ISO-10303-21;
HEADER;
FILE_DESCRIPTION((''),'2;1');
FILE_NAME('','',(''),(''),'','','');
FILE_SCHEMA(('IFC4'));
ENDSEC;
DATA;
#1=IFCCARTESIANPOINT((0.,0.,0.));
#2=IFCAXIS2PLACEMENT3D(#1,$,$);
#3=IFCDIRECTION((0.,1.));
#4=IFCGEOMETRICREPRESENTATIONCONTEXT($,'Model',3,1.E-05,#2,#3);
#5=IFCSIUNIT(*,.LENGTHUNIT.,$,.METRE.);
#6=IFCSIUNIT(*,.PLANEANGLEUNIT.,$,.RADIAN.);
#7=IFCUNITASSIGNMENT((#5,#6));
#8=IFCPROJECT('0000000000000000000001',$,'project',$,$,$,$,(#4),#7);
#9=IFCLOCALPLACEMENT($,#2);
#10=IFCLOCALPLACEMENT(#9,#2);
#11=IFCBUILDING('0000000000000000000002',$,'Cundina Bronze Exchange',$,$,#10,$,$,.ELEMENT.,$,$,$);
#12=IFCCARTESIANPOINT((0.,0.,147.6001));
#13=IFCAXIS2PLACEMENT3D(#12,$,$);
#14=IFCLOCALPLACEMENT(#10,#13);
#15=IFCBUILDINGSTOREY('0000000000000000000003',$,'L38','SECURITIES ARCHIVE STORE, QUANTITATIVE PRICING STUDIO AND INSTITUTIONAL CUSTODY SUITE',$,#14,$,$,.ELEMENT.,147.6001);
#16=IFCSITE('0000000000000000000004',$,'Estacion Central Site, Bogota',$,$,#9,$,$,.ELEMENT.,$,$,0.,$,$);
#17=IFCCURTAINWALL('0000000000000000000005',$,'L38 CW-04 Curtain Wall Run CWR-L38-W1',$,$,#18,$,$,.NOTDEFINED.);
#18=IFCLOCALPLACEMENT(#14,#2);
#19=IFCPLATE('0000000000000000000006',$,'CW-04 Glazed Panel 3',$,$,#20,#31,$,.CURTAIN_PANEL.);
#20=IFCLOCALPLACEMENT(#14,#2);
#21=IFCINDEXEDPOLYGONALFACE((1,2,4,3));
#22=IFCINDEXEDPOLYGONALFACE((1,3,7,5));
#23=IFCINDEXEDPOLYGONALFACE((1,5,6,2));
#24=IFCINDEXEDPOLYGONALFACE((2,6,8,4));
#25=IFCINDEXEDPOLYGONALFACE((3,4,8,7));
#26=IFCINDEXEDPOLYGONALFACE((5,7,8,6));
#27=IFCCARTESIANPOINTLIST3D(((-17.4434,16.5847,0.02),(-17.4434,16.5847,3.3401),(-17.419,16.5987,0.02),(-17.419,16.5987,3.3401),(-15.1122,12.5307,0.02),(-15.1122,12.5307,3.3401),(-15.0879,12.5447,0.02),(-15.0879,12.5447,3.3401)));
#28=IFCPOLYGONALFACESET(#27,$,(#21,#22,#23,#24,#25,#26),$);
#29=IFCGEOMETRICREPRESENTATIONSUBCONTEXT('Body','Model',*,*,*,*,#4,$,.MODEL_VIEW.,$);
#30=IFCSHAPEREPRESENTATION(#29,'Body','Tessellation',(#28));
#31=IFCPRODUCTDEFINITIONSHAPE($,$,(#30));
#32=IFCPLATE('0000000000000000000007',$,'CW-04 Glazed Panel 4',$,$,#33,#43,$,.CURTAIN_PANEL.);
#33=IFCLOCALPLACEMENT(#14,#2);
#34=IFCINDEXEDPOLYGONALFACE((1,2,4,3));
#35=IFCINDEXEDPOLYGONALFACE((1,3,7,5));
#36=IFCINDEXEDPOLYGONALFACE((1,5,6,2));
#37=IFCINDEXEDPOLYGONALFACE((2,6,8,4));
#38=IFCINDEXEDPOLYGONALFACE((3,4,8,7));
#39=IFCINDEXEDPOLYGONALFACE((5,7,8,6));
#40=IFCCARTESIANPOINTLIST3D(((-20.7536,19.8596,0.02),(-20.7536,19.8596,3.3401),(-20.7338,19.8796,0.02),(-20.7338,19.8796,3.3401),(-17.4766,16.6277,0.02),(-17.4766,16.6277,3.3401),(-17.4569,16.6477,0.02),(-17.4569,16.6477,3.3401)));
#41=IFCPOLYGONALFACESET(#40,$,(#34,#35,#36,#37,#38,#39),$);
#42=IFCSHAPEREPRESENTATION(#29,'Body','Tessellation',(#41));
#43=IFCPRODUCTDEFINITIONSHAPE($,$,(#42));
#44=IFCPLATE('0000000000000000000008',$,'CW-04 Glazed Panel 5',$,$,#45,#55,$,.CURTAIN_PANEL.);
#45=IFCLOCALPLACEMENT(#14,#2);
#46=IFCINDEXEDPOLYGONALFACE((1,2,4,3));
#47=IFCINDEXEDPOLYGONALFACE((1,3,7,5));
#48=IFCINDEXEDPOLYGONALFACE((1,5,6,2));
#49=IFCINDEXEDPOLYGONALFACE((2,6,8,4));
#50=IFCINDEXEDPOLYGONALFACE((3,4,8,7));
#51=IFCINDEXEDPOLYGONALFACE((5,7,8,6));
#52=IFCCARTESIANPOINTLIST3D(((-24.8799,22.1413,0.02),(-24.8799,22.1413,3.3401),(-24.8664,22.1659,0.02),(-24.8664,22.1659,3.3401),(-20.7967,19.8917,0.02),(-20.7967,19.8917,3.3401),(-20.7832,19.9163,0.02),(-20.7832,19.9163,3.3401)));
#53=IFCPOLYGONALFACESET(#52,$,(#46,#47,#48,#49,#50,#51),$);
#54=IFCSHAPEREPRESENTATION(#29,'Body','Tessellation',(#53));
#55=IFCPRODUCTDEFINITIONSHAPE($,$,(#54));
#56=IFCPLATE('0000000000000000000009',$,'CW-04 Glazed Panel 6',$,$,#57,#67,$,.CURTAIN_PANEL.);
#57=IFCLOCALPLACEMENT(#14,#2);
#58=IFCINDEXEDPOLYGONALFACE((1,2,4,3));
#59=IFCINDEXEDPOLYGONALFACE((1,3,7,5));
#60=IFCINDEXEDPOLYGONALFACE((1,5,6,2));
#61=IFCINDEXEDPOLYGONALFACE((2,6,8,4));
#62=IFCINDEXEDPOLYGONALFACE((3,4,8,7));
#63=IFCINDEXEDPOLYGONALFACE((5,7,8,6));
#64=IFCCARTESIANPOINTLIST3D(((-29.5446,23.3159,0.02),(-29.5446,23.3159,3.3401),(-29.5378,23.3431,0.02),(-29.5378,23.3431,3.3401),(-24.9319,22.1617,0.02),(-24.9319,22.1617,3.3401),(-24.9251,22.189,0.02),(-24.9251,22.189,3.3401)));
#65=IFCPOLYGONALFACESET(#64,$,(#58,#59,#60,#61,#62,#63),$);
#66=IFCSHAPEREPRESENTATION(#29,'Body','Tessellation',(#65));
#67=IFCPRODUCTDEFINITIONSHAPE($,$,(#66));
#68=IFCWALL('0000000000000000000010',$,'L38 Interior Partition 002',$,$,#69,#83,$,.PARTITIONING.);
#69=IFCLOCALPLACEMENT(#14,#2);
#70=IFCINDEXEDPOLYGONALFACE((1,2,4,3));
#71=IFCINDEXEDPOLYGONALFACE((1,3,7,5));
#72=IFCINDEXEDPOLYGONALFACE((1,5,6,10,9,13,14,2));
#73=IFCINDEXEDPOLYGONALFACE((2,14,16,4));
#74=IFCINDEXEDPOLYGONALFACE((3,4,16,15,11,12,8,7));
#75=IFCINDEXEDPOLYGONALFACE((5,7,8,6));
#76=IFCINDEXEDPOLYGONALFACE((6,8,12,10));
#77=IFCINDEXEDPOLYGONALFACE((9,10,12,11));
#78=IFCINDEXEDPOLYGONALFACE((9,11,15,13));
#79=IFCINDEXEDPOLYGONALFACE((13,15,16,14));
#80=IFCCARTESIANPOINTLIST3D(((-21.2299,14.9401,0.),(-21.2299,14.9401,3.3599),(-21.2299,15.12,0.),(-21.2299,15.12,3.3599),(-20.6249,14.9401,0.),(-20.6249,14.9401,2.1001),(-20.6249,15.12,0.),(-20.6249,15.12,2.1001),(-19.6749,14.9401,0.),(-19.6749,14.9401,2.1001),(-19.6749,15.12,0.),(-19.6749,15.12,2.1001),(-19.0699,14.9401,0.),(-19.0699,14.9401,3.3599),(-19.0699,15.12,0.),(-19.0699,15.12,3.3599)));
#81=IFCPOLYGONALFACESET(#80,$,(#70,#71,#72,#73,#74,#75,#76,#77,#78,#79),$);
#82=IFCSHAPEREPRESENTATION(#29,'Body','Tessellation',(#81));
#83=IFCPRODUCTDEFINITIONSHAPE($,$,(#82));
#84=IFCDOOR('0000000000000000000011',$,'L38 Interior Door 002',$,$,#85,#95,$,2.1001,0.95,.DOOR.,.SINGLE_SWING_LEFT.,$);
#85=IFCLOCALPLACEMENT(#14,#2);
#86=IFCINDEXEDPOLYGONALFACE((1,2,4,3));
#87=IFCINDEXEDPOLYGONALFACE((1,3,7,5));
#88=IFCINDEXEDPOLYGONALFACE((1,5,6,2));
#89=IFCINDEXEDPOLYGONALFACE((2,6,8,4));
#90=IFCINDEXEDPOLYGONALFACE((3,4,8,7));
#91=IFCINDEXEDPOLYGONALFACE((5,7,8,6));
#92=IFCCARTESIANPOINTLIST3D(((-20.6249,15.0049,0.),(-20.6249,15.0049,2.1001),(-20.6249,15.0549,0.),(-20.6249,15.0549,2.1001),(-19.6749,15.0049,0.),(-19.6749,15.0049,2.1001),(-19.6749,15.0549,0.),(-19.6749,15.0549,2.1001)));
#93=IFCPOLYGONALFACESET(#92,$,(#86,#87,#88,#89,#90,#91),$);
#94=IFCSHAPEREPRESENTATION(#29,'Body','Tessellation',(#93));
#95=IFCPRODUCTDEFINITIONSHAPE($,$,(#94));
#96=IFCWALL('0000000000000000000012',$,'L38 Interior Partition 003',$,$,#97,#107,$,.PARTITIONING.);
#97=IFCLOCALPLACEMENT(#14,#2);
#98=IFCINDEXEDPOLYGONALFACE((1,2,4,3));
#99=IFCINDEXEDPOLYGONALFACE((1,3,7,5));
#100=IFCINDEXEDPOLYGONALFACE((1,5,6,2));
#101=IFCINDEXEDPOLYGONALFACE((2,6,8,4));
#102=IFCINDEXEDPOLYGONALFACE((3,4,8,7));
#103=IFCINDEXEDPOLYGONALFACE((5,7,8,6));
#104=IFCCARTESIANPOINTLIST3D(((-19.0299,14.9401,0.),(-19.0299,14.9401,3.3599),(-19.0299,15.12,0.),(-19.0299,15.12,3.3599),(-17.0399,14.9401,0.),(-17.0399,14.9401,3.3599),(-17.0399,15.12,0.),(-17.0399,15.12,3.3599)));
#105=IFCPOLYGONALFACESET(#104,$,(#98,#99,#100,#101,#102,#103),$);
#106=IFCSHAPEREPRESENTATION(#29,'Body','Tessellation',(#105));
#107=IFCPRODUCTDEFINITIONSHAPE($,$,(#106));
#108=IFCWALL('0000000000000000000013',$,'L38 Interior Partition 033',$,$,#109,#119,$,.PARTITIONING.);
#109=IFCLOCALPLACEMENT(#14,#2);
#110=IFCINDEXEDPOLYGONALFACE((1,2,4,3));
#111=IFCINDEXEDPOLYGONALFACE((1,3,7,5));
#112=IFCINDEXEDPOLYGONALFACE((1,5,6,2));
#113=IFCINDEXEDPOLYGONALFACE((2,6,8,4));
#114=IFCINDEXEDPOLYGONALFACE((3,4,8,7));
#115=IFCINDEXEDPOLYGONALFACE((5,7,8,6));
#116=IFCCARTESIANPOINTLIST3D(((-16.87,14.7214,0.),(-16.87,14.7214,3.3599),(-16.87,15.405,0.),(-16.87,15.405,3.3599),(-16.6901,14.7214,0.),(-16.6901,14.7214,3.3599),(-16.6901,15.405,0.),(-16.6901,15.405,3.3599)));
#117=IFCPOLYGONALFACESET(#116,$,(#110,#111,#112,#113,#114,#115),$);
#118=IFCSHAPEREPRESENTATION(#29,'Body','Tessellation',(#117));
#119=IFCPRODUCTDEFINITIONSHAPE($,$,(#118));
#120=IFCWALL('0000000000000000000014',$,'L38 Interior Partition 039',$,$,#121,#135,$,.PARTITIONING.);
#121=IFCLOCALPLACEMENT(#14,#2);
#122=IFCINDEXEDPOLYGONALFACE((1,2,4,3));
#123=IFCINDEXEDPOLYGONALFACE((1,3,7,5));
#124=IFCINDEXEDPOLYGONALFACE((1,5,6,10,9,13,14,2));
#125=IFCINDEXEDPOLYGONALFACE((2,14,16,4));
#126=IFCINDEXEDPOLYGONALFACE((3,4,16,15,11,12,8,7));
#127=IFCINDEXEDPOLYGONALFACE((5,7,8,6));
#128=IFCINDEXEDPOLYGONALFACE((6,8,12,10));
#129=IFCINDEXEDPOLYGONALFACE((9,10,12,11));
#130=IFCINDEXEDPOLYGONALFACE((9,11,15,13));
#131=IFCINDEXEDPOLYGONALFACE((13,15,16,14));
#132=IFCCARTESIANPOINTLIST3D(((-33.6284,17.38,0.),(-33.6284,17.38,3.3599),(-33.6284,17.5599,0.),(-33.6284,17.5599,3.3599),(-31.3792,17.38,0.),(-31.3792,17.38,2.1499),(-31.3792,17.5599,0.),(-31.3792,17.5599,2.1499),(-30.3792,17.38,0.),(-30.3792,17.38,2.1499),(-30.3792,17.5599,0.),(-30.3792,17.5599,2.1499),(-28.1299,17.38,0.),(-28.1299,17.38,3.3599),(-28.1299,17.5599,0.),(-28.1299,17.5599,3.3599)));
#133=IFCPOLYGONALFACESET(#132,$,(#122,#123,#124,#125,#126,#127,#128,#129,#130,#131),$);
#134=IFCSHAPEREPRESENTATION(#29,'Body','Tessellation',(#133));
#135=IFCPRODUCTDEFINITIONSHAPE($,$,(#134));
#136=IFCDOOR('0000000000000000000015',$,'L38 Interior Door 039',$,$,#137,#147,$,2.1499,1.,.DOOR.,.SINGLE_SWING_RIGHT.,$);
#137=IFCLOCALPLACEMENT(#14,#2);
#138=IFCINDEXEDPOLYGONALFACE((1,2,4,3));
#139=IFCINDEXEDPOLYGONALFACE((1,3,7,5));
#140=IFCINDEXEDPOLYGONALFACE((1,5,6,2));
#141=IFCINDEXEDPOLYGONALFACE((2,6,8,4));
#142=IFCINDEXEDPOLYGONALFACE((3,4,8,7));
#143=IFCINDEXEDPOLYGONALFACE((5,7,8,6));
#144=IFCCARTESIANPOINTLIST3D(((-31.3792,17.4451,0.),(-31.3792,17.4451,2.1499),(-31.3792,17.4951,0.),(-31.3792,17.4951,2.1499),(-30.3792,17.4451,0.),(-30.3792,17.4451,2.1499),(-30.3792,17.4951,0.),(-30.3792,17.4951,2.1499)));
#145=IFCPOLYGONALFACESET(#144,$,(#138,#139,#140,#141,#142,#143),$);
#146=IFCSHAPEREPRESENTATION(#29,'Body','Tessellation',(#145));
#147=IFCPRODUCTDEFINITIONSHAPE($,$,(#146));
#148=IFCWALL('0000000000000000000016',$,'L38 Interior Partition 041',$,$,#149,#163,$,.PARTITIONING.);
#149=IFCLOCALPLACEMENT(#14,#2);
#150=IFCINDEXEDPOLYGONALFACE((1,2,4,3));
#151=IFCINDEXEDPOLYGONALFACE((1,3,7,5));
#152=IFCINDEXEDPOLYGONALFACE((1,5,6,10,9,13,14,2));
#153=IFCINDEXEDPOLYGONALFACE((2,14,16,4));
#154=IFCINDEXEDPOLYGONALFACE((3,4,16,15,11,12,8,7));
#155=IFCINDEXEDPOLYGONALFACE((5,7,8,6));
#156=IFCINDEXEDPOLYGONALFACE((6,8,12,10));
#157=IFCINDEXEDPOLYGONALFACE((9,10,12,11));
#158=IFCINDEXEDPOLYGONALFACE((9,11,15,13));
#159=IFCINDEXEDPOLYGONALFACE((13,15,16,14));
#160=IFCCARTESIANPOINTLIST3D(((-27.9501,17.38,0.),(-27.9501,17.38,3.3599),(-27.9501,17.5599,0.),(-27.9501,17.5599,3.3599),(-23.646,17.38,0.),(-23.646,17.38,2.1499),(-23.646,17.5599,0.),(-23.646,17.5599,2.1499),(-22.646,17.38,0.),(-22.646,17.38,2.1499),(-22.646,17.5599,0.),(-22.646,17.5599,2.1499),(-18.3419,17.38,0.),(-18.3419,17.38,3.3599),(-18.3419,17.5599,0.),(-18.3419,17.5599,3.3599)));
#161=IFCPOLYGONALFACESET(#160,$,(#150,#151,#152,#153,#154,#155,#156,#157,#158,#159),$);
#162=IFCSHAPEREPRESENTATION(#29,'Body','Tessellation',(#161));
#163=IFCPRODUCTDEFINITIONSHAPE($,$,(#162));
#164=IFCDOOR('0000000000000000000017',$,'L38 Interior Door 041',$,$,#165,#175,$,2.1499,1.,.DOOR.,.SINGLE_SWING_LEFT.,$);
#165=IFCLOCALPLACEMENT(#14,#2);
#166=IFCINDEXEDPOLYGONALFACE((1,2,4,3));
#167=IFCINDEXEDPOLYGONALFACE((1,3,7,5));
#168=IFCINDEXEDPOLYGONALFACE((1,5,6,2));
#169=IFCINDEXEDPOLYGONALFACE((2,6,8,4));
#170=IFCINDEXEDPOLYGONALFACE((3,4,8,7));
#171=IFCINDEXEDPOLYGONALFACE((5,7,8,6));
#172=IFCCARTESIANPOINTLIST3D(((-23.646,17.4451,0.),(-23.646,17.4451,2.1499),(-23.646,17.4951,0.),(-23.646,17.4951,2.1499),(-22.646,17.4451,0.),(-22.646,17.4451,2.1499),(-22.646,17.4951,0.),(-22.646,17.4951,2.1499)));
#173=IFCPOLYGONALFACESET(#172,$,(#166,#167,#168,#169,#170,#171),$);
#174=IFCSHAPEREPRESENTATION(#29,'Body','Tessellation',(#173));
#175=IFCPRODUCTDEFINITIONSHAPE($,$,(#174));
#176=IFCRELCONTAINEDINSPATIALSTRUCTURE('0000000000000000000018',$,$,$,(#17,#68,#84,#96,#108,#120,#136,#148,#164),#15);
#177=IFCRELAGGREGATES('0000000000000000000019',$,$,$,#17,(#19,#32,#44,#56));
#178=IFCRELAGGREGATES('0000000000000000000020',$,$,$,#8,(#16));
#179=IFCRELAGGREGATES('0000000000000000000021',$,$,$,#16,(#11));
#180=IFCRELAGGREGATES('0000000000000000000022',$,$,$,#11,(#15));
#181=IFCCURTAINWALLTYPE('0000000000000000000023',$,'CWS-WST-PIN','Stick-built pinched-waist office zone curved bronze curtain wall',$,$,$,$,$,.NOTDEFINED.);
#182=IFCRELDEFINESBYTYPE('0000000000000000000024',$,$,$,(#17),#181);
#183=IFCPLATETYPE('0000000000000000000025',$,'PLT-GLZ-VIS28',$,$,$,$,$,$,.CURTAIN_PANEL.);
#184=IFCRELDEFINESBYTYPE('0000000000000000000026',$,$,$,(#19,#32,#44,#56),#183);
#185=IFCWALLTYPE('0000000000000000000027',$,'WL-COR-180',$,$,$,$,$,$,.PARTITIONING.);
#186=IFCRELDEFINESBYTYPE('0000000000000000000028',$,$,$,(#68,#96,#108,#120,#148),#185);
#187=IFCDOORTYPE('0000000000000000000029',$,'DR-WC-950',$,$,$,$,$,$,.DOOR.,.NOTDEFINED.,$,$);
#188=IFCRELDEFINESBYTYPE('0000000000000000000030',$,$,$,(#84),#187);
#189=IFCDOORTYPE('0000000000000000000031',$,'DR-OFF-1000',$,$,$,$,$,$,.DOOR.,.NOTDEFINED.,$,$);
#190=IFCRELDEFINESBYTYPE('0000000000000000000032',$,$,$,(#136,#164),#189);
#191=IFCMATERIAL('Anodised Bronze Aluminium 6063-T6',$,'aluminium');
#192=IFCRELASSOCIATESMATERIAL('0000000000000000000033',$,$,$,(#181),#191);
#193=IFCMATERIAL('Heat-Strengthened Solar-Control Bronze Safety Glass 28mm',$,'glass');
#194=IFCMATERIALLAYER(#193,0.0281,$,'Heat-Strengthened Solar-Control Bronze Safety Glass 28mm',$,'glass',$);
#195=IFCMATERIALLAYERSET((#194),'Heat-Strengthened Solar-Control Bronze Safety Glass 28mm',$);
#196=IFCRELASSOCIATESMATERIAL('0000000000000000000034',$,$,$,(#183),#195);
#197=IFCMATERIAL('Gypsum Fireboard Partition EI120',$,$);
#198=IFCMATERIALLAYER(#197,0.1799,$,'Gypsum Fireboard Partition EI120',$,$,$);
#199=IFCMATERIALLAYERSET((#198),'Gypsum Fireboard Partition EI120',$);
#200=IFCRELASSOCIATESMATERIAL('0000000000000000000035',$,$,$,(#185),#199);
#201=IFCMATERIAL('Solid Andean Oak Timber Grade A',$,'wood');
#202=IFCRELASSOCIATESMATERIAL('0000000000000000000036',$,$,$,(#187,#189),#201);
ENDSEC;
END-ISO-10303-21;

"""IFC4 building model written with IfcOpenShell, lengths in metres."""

from ifc_helpers import new_model, si_unit, direction, frame, frame_2d, origin, origin_2d, place, context, subcontext, project, spatial, rectangle, extrude, material, layer, layer_set, type_object, element, fill, aggregate, save


model = new_model("IFC4")

# Units and contexts
model_context = context("Model", 3, precision=1e-05, world=origin(), true_north=direction((0.0, 1.0)))
body_context = subcontext(model_context, "Body", "Model", "MODEL_VIEW")
ifc_project = project(units=[si_unit("LENGTHUNIT", "METRE"), si_unit("PLANEANGLEUNIT", "RADIAN")], contexts=[model_context])

# Site, building, storey
site_placement = place(None, origin())
site = spatial("IfcSite", under=ifc_project, at=site_placement, Name="Estacion Central Site, Bogota", CompositionType="ELEMENT", RefElevation=0.0)
building_placement = place(site_placement, origin())
building = spatial("IfcBuilding", under=site, at=building_placement, Name="Cundina Bronze Exchange", CompositionType="ELEMENT")
storey_placement = place(building_placement, frame((0.0, 0.0, 147.6001)))
storey = spatial("IfcBuildingStorey", under=building, at=storey_placement, Name="L38", Description="SECURITIES ARCHIVE STORE, QUANTITATIVE PRICING STUDIO AND INSTITUTIONAL CUSTODY SUITE", CompositionType="ELEMENT", Elevation=147.6001)

# Curtain wall, plates
ifc_material_1 = material(Name="Anodised Bronze Aluminium 6063-T6", Category="aluminium")
curtain_wall_type = type_object("IfcCurtainWallType", Name="CWS-WST-PIN", Description="Stick-built pinched-waist office zone curved bronze curtain wall", PredefinedType="NOTDEFINED", material=ifc_material_1)
curtain_wall_placement = place(storey_placement, origin())
curtain_wall = element("IfcCurtainWall", 1, at=curtain_wall_placement, inside=storey, type_object=curtain_wall_type, Name="L38 CW-04 Curtain Wall Run CWR-L38-W1", PredefinedType="NOTDEFINED")
ifc_material_2 = material(Name="Heat-Strengthened Solar-Control Bronze Safety Glass 28mm", Category="glass")
ifc_layer_1 = layer(ifc_material_2, 0.0281, Name="Heat-Strengthened Solar-Control Bronze Safety Glass 28mm", Category="glass")
ifc_layer_set_1 = layer_set([ifc_layer_1], Name="Heat-Strengthened Solar-Control Bronze Safety Glass 28mm")
plate_type = type_object("IfcPlateType", Name="PLT-GLZ-VIS28", PredefinedType="CURTAIN_PANEL", material=ifc_layer_set_1)
plate_1_placement = place(storey_placement, frame((-16.2656, 14.5647, 0.02), z_axis=(0.0, 0.0, 1.0), x_axis=(-0.498488, 0.866897, 0.0)))
plate_1 = element("IfcPlate", 2, at=plate_1_placement, type_object=plate_type, Name="CW-04 Glazed Panel 3", PredefinedType="CURTAIN_PANEL", context=body_context, shape_type="SweptSolid", body=[
    extrude(rectangle(XDim=4.6765, YDim=0.0281, at=origin_2d()), origin(), (0.0, 0.0, 1.0), 3.3201),
])
plate_2_placement = place(storey_placement, frame((-19.1052, 18.2537, 0.02), z_axis=(0.0, 0.0, 1.0), x_axis=(-0.711989, 0.70219, 0.0)))
plate_2 = element("IfcPlate", 3, at=plate_2_placement, type_object=plate_type, Name="CW-04 Glazed Panel 4", PredefinedType="CURTAIN_PANEL", context=body_context, shape_type="SweptSolid", body=[
    extrude(rectangle(XDim=4.6025, YDim=0.0281, at=origin_2d()), origin(), (0.0, 0.0, 1.0), 3.3201),
])
plate_3_placement = place(storey_placement, frame((-22.8315, 21.0288, 0.02), z_axis=(0.0, 0.0, 1.0), x_axis=(-0.875869, 0.482549, 0.0)))
plate_3 = element("IfcPlate", 4, at=plate_3_placement, type_object=plate_type, Name="CW-04 Glazed Panel 5", PredefinedType="CURTAIN_PANEL", context=body_context, shape_type="SweptSolid", body=[
    extrude(rectangle(XDim=4.6619, YDim=0.0281, at=origin_2d()), origin(), (0.0, 0.0, 1.0), 3.3201),
])
plate_4_placement = place(storey_placement, frame((-27.2349, 22.7524, 0.02), z_axis=(0.0, 0.0, 1.0), x_axis=(-0.970093, 0.242735, 0.0)))
plate_4 = element("IfcPlate", 5, at=plate_4_placement, type_object=plate_type, Name="CW-04 Glazed Panel 6", PredefinedType="CURTAIN_PANEL", context=body_context, shape_type="SweptSolid", body=[
    extrude(rectangle(XDim=4.7549, YDim=0.0281, at=origin_2d()), origin(), (0.0, 0.0, 1.0), 3.3201),
])
aggregate(curtain_wall, [plate_1, plate_2, plate_3, plate_4])

# Wall, opening, door
ifc_material_3 = material(Name="Gypsum Fireboard Partition EI120")
ifc_layer_2 = layer(ifc_material_3, 0.1799, Name="Gypsum Fireboard Partition EI120")
ifc_layer_set_2 = layer_set([ifc_layer_2], Name="Gypsum Fireboard Partition EI120")
wall_type_1 = type_object("IfcWallType", Name="WL-COR-180", PredefinedType="PARTITIONING", material=ifc_layer_set_2)
wall_1_placement = place(storey_placement, frame((-21.23, 15.03, 0.0), z_axis=(0.0, 0.0, 1.0), x_axis=(1.0, 0.0, 0.0)))
wall_1 = element("IfcWall", 6, at=wall_1_placement, inside=storey, type_object=wall_type_1, Name="L38 Interior Partition 002", PredefinedType="PARTITIONING", context=body_context, shape_type="SweptSolid", body=[
    extrude(rectangle(XDim=2.1599, YDim=0.1799, at=frame_2d((1.0801, 0.0))), origin(), (0.0, 0.0, 1.0), 3.3599),
])
opening_1_placement = place(wall_1_placement, frame((0.605, 0.0, 0.0)))
opening_1 = element("IfcOpeningElement", 7, at=opening_1_placement, cuts=wall_1, PredefinedType="OPENING", context=body_context, shape_type="SweptSolid", body=[
    extrude(rectangle(XDim=0.95, YDim=2.1001, at=frame_2d((0.4751, 1.05))), frame((0.0, 0.0999, 0.0), z_axis=(0.0, -1.0, 0.0), x_axis=(1.0, 0.0, 0.0)), (0.0, 0.0, 1.0), 0.2),
])
ifc_material_4 = material(Name="Solid Andean Oak Timber Grade A", Category="wood")
door_type_1 = type_object("IfcDoorType", Name="DR-WC-950", OperationType="NOTDEFINED", PredefinedType="DOOR", material=ifc_material_4)
door_1_placement = place(opening_1_placement, origin())
door_1 = element("IfcDoor", 8, at=door_1_placement, inside=storey, type_object=door_type_1, Name="L38 Interior Door 002", OperationType="SINGLE_SWING_LEFT", OverallHeight=2.1001, OverallWidth=0.95, PredefinedType="DOOR", context=body_context, shape_type="SweptSolid", body=[
    extrude(rectangle(XDim=0.95, YDim=2.1001, at=frame_2d((0.4751, 1.05))), frame((0.0, 0.0249, 0.0), z_axis=(0.0, -1.0, 0.0), x_axis=(1.0, 0.0, 0.0)), (0.0, 0.0, 1.0), 0.05),
])
fill(opening_1, door_1)

# Walls
wall_2_placement = place(storey_placement, frame((-19.03, 15.03, 0.0), z_axis=(0.0, 0.0, 1.0), x_axis=(1.0, 0.0, 0.0)))
element("IfcWall", 9, at=wall_2_placement, inside=storey, type_object=wall_type_1, Name="L38 Interior Partition 003", PredefinedType="PARTITIONING", context=body_context, shape_type="SweptSolid", body=[
    extrude(rectangle(XDim=1.99, YDim=0.1799, at=frame_2d((0.9951, 0.0))), origin(), (0.0, 0.0, 1.0), 3.3599),
])
wall_3_placement = place(storey_placement, frame((-16.78, 14.7214, 0.0), z_axis=(0.0, 0.0, 1.0), x_axis=(0.0, 1.0, 0.0)))
element("IfcWall", 10, at=wall_3_placement, inside=storey, type_object=wall_type_1, Name="L38 Interior Partition 033", PredefinedType="PARTITIONING", context=body_context, shape_type="SweptSolid", body=[
    extrude(rectangle(XDim=0.6836, YDim=0.1799, at=frame_2d((0.3418, 0.0))), origin(), (0.0, 0.0, 1.0), 3.3599),
])

# Walls, openings, doors
wall_4_placement = place(storey_placement, frame((-28.1299, 17.47, 0.0), z_axis=(0.0, 0.0, 1.0), x_axis=(-1.0, 0.0, 0.0)))
wall_4 = element("IfcWall", 11, at=wall_4_placement, inside=storey, type_object=wall_type_1, Name="L38 Interior Partition 039", PredefinedType="PARTITIONING", context=body_context, shape_type="SweptSolid", body=[
    extrude(rectangle(XDim=5.4985, YDim=0.1799, at=frame_2d((2.7493, 0.0))), origin(), (0.0, 0.0, 1.0), 3.3599),
])
opening_2_placement = place(wall_4_placement, frame((2.2493, 0.0, 0.0)))
opening_2 = element("IfcOpeningElement", 12, at=opening_2_placement, cuts=wall_4, PredefinedType="OPENING", context=body_context, shape_type="SweptSolid", body=[
    extrude(rectangle(XDim=1.0, YDim=2.1499, at=frame_2d((0.5, 1.075))), frame((0.0, 0.0999, 0.0), z_axis=(0.0, -1.0, 0.0), x_axis=(1.0, 0.0, 0.0)), (0.0, 0.0, 1.0), 0.2),
])
door_type_2 = type_object("IfcDoorType", Name="DR-OFF-1000", OperationType="NOTDEFINED", PredefinedType="DOOR", material=ifc_material_4)
door_2_placement = place(opening_2_placement, origin())
door_2 = element("IfcDoor", 13, at=door_2_placement, inside=storey, type_object=door_type_2, Name="L38 Interior Door 039", OperationType="SINGLE_SWING_RIGHT", OverallHeight=2.1499, OverallWidth=1.0, PredefinedType="DOOR", context=body_context, shape_type="SweptSolid", body=[
    extrude(rectangle(XDim=1.0, YDim=2.1499, at=frame_2d((0.5, 1.075))), frame((0.0, 0.0249, 0.0), z_axis=(0.0, -1.0, 0.0), x_axis=(1.0, 0.0, 0.0)), (0.0, 0.0, 1.0), 0.05),
])
fill(opening_2, door_2)
wall_5_placement = place(storey_placement, frame((-18.3418, 17.47, 0.0), z_axis=(0.0, 0.0, 1.0), x_axis=(-1.0, 0.0, 0.0)))
wall_5 = element("IfcWall", 14, at=wall_5_placement, inside=storey, type_object=wall_type_1, Name="L38 Interior Partition 041", PredefinedType="PARTITIONING", context=body_context, shape_type="SweptSolid", body=[
    extrude(rectangle(XDim=9.6082, YDim=0.1799, at=frame_2d((4.8042, 0.0))), origin(), (0.0, 0.0, 1.0), 3.3599),
])
opening_3_placement = place(wall_5_placement, frame((4.3042, 0.0, 0.0)))
opening_3 = element("IfcOpeningElement", 15, at=opening_3_placement, cuts=wall_5, PredefinedType="OPENING", context=body_context, shape_type="SweptSolid", body=[
    extrude(rectangle(XDim=1.0, YDim=2.1499, at=frame_2d((0.5, 1.075))), frame((0.0, 0.0999, 0.0), z_axis=(0.0, -1.0, 0.0), x_axis=(1.0, 0.0, 0.0)), (0.0, 0.0, 1.0), 0.2),
])
door_3_placement = place(opening_3_placement, origin())
door_3 = element("IfcDoor", 16, at=door_3_placement, inside=storey, type_object=door_type_2, Name="L38 Interior Door 041", OperationType="SINGLE_SWING_LEFT", OverallHeight=2.1499, OverallWidth=1.0, PredefinedType="DOOR", context=body_context, shape_type="SweptSolid", body=[
    extrude(rectangle(XDim=1.0, YDim=2.1499, at=frame_2d((0.5, 1.075))), frame((0.0, 0.0249, 0.0), z_axis=(0.0, -1.0, 0.0), x_axis=(1.0, 0.0, 0.0)), (0.0, 0.0, 1.0), 0.05),
])
fill(opening_3, door_3)

save(model, "model.ifc")
